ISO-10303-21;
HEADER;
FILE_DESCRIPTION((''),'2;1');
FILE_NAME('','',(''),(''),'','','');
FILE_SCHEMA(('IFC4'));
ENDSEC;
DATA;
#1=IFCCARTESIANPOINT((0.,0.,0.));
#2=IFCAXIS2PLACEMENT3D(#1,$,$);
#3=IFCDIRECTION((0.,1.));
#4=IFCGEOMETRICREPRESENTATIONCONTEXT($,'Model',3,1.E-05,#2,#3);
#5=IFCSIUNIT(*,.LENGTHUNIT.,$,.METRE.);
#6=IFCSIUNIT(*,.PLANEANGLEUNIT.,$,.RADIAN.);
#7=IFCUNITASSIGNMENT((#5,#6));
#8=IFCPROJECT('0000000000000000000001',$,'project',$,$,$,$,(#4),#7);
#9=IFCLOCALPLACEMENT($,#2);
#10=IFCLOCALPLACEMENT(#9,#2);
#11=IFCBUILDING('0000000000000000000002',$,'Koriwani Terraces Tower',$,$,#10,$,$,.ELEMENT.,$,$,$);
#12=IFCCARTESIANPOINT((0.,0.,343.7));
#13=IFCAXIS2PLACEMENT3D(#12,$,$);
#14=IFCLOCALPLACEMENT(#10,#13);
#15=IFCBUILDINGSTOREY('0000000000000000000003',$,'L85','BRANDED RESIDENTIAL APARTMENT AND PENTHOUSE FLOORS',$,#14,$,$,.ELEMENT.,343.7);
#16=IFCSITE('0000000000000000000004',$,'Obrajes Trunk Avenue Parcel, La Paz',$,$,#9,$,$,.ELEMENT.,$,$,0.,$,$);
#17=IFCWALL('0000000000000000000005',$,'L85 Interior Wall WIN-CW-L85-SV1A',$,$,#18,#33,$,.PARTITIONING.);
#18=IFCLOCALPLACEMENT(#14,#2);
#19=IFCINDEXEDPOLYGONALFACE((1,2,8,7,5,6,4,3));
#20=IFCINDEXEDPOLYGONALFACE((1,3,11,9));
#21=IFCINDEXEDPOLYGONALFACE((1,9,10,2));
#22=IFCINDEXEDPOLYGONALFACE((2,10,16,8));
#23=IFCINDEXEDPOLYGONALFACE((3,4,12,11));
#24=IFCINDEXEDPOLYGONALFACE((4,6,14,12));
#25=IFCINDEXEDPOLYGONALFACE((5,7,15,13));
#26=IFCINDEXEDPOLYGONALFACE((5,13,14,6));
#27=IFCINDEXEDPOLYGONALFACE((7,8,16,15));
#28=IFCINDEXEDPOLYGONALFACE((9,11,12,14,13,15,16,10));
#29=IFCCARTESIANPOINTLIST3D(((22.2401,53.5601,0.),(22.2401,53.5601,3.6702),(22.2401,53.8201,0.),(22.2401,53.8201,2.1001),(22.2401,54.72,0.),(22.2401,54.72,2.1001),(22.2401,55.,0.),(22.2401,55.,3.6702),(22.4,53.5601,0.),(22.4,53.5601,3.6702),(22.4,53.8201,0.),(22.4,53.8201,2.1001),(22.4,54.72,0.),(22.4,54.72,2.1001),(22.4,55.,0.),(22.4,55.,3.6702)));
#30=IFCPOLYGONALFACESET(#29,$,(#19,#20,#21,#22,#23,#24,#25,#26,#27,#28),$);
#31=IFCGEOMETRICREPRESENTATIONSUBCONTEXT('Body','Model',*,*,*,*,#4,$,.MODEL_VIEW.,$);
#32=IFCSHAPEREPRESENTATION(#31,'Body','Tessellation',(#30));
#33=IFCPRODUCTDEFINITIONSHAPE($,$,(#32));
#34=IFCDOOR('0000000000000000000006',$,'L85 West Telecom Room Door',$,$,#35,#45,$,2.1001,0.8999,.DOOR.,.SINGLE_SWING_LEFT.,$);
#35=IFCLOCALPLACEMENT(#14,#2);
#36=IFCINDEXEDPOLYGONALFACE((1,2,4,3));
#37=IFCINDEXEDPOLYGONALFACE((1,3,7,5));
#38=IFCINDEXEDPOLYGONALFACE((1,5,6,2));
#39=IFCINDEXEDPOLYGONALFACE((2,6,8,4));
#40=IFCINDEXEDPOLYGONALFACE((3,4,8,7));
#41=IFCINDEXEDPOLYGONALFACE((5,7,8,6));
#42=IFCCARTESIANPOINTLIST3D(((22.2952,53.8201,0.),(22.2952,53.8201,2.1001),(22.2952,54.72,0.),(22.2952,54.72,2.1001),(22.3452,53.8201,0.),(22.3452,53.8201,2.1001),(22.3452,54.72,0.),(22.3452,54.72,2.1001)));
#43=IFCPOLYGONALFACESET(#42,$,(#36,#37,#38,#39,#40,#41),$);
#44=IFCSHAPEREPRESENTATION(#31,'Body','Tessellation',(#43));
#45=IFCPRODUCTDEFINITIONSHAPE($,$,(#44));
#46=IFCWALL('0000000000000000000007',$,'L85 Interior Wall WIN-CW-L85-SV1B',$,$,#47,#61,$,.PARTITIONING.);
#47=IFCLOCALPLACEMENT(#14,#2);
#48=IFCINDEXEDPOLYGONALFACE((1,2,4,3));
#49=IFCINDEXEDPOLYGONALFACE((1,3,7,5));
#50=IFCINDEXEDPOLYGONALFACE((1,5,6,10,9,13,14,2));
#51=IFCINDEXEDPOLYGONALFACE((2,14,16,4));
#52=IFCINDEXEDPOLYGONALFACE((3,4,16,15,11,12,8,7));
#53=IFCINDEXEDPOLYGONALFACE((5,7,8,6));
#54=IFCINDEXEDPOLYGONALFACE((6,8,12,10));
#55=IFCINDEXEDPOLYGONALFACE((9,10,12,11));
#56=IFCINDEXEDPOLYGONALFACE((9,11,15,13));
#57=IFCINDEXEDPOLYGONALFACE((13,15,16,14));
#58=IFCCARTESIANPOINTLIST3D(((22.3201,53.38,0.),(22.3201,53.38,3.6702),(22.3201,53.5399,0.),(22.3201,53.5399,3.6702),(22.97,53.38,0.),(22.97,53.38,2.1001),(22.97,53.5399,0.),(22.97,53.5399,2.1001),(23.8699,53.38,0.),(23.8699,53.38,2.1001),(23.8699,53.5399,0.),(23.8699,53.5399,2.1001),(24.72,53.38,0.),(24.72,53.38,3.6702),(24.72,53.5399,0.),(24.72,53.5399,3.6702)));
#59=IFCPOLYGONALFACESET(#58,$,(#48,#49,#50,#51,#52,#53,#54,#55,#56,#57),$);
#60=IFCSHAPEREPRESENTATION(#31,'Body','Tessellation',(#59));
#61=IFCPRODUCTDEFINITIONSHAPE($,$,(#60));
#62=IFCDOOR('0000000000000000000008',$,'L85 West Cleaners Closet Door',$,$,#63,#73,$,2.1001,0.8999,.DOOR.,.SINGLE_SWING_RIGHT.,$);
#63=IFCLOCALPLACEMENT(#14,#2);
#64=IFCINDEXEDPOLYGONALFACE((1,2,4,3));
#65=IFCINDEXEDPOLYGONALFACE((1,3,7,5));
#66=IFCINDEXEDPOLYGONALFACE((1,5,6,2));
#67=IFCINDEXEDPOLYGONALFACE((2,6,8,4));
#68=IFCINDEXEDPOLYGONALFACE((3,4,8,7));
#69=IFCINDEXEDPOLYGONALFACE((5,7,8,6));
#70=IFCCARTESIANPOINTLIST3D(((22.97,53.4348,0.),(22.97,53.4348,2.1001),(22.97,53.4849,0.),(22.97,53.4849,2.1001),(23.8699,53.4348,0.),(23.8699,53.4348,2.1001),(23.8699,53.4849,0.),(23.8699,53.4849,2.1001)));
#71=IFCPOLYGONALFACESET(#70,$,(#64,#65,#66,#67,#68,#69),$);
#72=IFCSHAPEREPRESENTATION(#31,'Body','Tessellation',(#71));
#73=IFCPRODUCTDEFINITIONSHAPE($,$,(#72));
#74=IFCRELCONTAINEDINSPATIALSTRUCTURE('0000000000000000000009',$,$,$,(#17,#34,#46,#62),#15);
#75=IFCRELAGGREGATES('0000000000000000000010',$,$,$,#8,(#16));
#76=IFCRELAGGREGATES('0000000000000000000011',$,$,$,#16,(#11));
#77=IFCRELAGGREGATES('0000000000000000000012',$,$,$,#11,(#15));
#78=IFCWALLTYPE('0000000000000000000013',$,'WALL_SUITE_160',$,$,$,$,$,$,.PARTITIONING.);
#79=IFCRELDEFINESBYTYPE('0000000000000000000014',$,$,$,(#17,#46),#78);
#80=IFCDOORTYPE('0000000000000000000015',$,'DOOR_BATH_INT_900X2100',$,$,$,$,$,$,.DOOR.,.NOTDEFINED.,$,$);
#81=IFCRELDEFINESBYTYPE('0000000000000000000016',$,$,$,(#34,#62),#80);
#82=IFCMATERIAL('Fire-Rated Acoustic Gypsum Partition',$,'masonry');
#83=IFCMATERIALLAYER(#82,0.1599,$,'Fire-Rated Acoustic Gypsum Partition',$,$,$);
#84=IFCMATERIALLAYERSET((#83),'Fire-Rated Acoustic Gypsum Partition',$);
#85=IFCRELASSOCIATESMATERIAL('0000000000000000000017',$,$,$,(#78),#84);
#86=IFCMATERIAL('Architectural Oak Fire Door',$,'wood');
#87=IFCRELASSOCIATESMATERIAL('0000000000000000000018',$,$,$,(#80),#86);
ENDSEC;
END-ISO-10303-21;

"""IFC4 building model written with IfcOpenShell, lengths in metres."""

from ifc_helpers import new_model, si_unit, direction, frame, frame_2d, origin, place, context, subcontext, project, spatial, rectangle, extrude, material, layer, layer_set, type_object, element, fill, save


model = new_model("IFC4")

# Units and contexts
model_context = context("Model", 3, precision=1e-05, world=origin(), true_north=direction((0.0, 1.0)))
body_context = subcontext(model_context, "Body", "Model", "MODEL_VIEW")
ifc_project = project(units=[si_unit("LENGTHUNIT", "METRE"), si_unit("PLANEANGLEUNIT", "RADIAN")], contexts=[model_context])

# Site, building, storey
site_placement = place(None, origin())
site = spatial("IfcSite", under=ifc_project, at=site_placement, Name="Obrajes Trunk Avenue Parcel, La Paz", CompositionType="ELEMENT", RefElevation=0.0)
building_placement = place(site_placement, origin())
building = spatial("IfcBuilding", under=site, at=building_placement, Name="Koriwani Terraces Tower", CompositionType="ELEMENT")
storey_placement = place(building_placement, frame((0.0, 0.0, 343.7)))
storey = spatial("IfcBuildingStorey", under=building, at=storey_placement, Name="L85", Description="BRANDED RESIDENTIAL APARTMENT AND PENTHOUSE FLOORS", CompositionType="ELEMENT", Elevation=343.7)

# Walls, openings, doors
ifc_material_1 = material(Name="Fire-Rated Acoustic Gypsum Partition", Category="masonry")
ifc_layer_1 = layer(ifc_material_1, 0.1599, Name="Fire-Rated Acoustic Gypsum Partition")
ifc_layer_set_1 = layer_set([ifc_layer_1], Name="Fire-Rated Acoustic Gypsum Partition")
wall_type_1 = type_object("IfcWallType", Name="WALL_SUITE_160", PredefinedType="PARTITIONING", material=ifc_layer_set_1)
wall_1_placement = place(storey_placement, frame((22.3201, 53.5601, 0.0), z_axis=(0.0, 0.0, 1.0), x_axis=(0.0, 1.0, 0.0)))
wall_1 = element("IfcWall", 1, at=wall_1_placement, inside=storey, type_object=wall_type_1, Name="L85 Interior Wall WIN-CW-L85-SV1A", PredefinedType="PARTITIONING", context=body_context, shape_type="SweptSolid", body=[
    extrude(rectangle(XDim=1.4399, YDim=0.1599, at=frame_2d((0.72, 0.0))), origin(), (0.0, 0.0, 1.0), 3.6702),
])
opening_1_placement = place(wall_1_placement, frame((0.26, 0.0, 0.0)))
opening_1 = element("IfcOpeningElement", 2, at=opening_1_placement, cuts=wall_1, PredefinedType="OPENING", context=body_context, shape_type="SweptSolid", body=[
    extrude(rectangle(XDim=0.8999, YDim=2.1001, at=frame_2d((0.45, 1.05))), frame((0.0, 0.0898, 0.0), z_axis=(0.0, -1.0, 0.0), x_axis=(1.0, 0.0, 0.0)), (0.0, 0.0, 1.0), 0.1799),
])
ifc_material_2 = material(Name="Architectural Oak Fire Door", Category="wood")
door_type_1 = type_object("IfcDoorType", Name="DOOR_BATH_INT_900X2100", OperationType="NOTDEFINED", PredefinedType="DOOR", material=ifc_material_2)
door_1_placement = place(opening_1_placement, origin())
door_1 = element("IfcDoor", 3, at=door_1_placement, inside=storey, type_object=door_type_1, Name="L85 West Telecom Room Door", OperationType="SINGLE_SWING_LEFT", OverallHeight=2.1001, OverallWidth=0.8999, PredefinedType="DOOR", context=body_context, shape_type="SweptSolid", body=[
    extrude(rectangle(XDim=0.8999, YDim=2.1001, at=frame_2d((0.45, 1.05))), frame((0.0, 0.0249, 0.0), z_axis=(0.0, -1.0, 0.0), x_axis=(1.0, 0.0, 0.0)), (0.0, 0.0, 1.0), 0.05),
])
fill(opening_1, door_1)
wall_2_placement = place(storey_placement, frame((22.3201, 53.46, 0.0), z_axis=(0.0, 0.0, 1.0), x_axis=(1.0, 0.0, 0.0)))
wall_2 = element("IfcWall", 4, at=wall_2_placement, inside=storey, type_object=wall_type_1, Name="L85 Interior Wall WIN-CW-L85-SV1B", PredefinedType="PARTITIONING", context=body_context, shape_type="SweptSolid", body=[
    extrude(rectangle(XDim=2.3999, YDim=0.1599, at=frame_2d((1.2, 0.0))), origin(), (0.0, 0.0, 1.0), 3.6702),
])
opening_2_placement = place(wall_2_placement, frame((0.6499, 0.0, 0.0)))
opening_2 = element("IfcOpeningElement", 5, at=opening_2_placement, cuts=wall_2, PredefinedType="OPENING", context=body_context, shape_type="SweptSolid", body=[
    extrude(rectangle(XDim=0.8999, YDim=2.1001, at=frame_2d((0.45, 1.05))), frame((0.0, 0.0898, 0.0), z_axis=(0.0, -1.0, 0.0), x_axis=(1.0, 0.0, 0.0)), (0.0, 0.0, 1.0), 0.1799),
])
door_2_placement = place(opening_2_placement, origin())
door_2 = element("IfcDoor", 6, at=door_2_placement, inside=storey, type_object=door_type_1, Name="L85 West Cleaners Closet Door", OperationType="SINGLE_SWING_RIGHT", OverallHeight=2.1001, OverallWidth=0.8999, PredefinedType="DOOR", context=body_context, shape_type="SweptSolid", body=[
    extrude(rectangle(XDim=0.8999, YDim=2.1001, at=frame_2d((0.45, 1.05))), frame((0.0, 0.0249, 0.0), z_axis=(0.0, -1.0, 0.0), x_axis=(1.0, 0.0, 0.0)), (0.0, 0.0, 1.0), 0.05),
])
fill(opening_2, door_2)

save(model, "model.ifc")
